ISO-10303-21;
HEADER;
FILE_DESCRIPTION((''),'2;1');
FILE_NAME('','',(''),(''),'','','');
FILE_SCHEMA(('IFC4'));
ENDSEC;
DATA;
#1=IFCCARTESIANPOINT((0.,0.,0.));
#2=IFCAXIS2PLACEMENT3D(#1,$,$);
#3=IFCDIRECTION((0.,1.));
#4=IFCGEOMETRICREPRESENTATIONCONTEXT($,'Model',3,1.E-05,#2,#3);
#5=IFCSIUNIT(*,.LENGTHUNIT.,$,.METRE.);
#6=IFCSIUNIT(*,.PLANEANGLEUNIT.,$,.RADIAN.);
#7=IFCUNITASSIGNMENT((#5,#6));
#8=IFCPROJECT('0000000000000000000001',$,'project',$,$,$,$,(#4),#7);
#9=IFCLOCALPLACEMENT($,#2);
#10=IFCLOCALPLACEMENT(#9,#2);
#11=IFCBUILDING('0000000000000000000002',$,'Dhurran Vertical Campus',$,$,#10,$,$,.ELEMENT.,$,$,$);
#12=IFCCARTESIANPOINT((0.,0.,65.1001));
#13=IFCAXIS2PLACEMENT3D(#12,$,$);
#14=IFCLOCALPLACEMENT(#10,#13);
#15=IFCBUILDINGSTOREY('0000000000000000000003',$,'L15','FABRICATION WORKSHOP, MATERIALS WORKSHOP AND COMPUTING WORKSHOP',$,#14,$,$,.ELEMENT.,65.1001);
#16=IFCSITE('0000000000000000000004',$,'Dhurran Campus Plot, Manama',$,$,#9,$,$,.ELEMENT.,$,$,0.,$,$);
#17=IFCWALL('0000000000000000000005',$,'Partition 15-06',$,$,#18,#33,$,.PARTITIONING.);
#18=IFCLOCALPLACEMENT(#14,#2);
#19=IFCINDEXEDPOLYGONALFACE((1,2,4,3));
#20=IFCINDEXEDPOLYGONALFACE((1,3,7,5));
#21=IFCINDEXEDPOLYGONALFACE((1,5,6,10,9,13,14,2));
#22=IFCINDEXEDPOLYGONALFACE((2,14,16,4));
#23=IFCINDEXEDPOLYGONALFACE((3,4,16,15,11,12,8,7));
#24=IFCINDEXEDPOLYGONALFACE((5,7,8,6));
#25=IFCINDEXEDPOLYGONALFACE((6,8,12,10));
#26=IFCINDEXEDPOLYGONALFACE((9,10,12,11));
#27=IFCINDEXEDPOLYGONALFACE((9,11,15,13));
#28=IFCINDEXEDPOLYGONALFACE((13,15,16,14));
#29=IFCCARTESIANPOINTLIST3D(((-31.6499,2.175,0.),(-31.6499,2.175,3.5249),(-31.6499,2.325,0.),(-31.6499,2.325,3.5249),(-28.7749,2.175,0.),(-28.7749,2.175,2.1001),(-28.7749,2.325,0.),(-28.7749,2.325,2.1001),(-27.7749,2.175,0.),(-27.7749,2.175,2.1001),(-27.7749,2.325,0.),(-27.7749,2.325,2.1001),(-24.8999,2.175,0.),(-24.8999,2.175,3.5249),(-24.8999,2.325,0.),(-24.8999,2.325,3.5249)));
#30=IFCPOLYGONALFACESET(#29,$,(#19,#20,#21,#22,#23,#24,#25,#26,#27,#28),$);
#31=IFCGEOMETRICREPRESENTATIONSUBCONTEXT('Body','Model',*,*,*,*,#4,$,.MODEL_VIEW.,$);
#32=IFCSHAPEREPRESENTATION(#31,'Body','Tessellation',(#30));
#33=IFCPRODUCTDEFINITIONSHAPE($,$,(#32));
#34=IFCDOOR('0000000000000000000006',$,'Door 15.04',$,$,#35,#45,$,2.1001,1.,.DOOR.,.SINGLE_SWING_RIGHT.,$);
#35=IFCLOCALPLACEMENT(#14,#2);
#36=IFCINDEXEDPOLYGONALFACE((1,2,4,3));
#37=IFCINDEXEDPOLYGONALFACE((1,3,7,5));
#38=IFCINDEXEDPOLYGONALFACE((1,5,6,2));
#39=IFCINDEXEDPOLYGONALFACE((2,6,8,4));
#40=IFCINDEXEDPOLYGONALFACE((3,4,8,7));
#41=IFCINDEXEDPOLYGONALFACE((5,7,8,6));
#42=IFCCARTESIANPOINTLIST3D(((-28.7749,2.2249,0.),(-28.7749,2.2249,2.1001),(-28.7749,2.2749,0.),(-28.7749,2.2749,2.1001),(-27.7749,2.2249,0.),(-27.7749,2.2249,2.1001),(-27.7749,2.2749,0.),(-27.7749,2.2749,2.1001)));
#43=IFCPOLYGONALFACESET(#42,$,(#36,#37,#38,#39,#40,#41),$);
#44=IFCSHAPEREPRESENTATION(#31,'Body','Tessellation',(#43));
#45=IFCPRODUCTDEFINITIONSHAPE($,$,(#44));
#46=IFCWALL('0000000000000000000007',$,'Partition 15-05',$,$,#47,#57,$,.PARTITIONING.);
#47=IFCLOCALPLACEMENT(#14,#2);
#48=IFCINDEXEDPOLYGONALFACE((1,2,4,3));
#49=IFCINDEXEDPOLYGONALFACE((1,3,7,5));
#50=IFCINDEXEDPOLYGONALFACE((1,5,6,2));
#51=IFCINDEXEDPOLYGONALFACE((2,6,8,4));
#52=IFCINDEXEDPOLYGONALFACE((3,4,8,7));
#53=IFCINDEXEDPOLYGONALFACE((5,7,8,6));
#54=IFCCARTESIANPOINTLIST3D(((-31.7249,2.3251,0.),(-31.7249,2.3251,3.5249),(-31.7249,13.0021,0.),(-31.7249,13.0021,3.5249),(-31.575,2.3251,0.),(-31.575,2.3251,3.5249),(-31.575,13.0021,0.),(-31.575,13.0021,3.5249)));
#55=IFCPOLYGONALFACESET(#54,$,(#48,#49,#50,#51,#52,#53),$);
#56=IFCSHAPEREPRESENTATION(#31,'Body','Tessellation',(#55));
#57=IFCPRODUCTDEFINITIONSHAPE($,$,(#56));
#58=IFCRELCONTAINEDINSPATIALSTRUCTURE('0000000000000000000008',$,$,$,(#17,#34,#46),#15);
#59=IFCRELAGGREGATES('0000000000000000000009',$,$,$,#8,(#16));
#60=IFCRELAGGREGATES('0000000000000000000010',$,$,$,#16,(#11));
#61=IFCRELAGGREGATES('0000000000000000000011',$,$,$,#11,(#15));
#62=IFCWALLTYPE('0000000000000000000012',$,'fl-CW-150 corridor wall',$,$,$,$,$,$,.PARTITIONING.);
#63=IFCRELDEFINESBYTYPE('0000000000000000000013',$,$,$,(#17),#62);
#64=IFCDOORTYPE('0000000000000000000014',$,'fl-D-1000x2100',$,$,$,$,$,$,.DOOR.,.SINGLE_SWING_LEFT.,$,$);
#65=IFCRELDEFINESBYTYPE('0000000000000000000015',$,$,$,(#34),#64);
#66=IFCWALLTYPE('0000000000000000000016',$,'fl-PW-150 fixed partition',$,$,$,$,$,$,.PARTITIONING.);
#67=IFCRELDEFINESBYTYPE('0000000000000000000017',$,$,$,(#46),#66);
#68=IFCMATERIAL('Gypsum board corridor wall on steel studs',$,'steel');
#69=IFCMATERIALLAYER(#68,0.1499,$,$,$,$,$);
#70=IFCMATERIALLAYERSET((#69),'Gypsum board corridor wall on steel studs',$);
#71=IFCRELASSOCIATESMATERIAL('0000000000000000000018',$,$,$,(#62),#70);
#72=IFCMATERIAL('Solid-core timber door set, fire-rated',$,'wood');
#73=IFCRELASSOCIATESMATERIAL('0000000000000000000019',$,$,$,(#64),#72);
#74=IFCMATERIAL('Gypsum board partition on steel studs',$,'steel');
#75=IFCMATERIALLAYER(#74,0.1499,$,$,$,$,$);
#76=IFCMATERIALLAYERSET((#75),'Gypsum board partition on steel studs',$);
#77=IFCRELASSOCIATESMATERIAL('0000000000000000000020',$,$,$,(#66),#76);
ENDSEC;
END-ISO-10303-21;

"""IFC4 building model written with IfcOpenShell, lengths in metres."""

from ifc_helpers import new_model, si_unit, direction, frame, frame_2d, origin, place, context, subcontext, project, spatial, rectangle, extrude, material, layer, layer_set, type_object, element, fill, save


model = new_model("IFC4")

# Units and contexts
model_context = context("Model", 3, precision=1e-05, world=origin(), true_north=direction((0.0, 1.0)))
body_context = subcontext(model_context, "Body", "Model", "MODEL_VIEW")
ifc_project = project(units=[si_unit("LENGTHUNIT", "METRE"), si_unit("PLANEANGLEUNIT", "RADIAN")], contexts=[model_context])

# Site, building, storey
site_placement = place(None, origin())
site = spatial("IfcSite", under=ifc_project, at=site_placement, Name="Dhurran Campus Plot, Manama", CompositionType="ELEMENT", RefElevation=0.0)
building_placement = place(site_placement, origin())
building = spatial("IfcBuilding", under=site, at=building_placement, Name="Dhurran Vertical Campus", CompositionType="ELEMENT")
storey_placement = place(building_placement, frame((0.0, 0.0, 65.1001)))
storey = spatial("IfcBuildingStorey", under=building, at=storey_placement, Name="L15", Description="FABRICATION WORKSHOP, MATERIALS WORKSHOP AND COMPUTING WORKSHOP", CompositionType="ELEMENT", Elevation=65.1001)

# Wall, opening, door
ifc_material_1 = material(Name="Gypsum board corridor wall on steel studs", Category="steel")
ifc_layer_1 = layer(ifc_material_1, 0.1499)
ifc_layer_set_1 = layer_set([ifc_layer_1], Name="Gypsum board corridor wall on steel studs")
wall_type_1 = type_object("IfcWallType", Name="fl-CW-150 corridor wall", PredefinedType="PARTITIONING", material=ifc_layer_set_1)
ifc_material_2 = material(Name="Solid-core timber door set, fire-rated", Category="wood")
door_type = type_object("IfcDoorType", Name="fl-D-1000x2100", OperationType="SINGLE_SWING_LEFT", PredefinedType="DOOR", material=ifc_material_2)
wall_1_placement = place(storey_placement, frame((-31.6499, 2.25, 0.0), z_axis=(0.0, 0.0, 1.0), x_axis=(1.0, 0.0, 0.0)))
wall_1 = element("IfcWall", 1, at=wall_1_placement, inside=storey, type_object=wall_type_1, Name="Partition 15-06", PredefinedType="PARTITIONING", context=body_context, shape_type="SweptSolid", body=[
    extrude(rectangle(XDim=6.75, YDim=0.1499, at=frame_2d((3.375, 0.0))), origin(), (0.0, 0.0, 1.0), 3.5249),
])
opening_1_placement = place(wall_1_placement, frame((2.875, 0.0, 0.0)))
opening_1 = element("IfcOpeningElement", 2, at=opening_1_placement, cuts=wall_1, PredefinedType="OPENING", context=body_context, shape_type="SweptSolid", body=[
    extrude(rectangle(XDim=1.0, YDim=2.1001, at=frame_2d((0.5, 1.05))), frame((0.0, 0.085, 0.0), z_axis=(0.0, -1.0, 0.0), x_axis=(1.0, 0.0, 0.0)), (0.0, 0.0, 1.0), 0.1699),
])
door_1_placement = place(opening_1_placement, origin())
door_1 = element("IfcDoor", 3, at=door_1_placement, inside=storey, type_object=door_type, Name="Door 15.04", OperationType="SINGLE_SWING_RIGHT", OverallHeight=2.1001, OverallWidth=1.0, PredefinedType="DOOR", context=body_context, shape_type="SweptSolid", body=[
    extrude(rectangle(XDim=1.0, YDim=2.1001, at=frame_2d((0.5, 1.05))), frame((0.0, 0.0249, 0.0), z_axis=(0.0, -1.0, 0.0), x_axis=(1.0, 0.0, 0.0)), (0.0, 0.0, 1.0), 0.05),
])
fill(opening_1, door_1)

# Wall
ifc_material_3 = material(Name="Gypsum board partition on steel studs", Category="steel")
ifc_layer_2 = layer(ifc_material_3, 0.1499)
ifc_layer_set_2 = layer_set([ifc_layer_2], Name="Gypsum board partition on steel studs")
wall_type_2 = type_object("IfcWallType", Name="fl-PW-150 fixed partition", PredefinedType="PARTITIONING", material=ifc_layer_set_2)
wall_2_placement = place(storey_placement, frame((-31.6499, 13.002, 0.0), z_axis=(0.0, 0.0, 1.0), x_axis=(0.0, -1.0, 0.0)))
element("IfcWall", 4, at=wall_2_placement, inside=storey, type_object=wall_type_2, Name="Partition 15-05", PredefinedType="PARTITIONING", context=body_context, shape_type="SweptSolid", body=[
    extrude(rectangle(XDim=10.677, YDim=0.1499, at=frame_2d((5.3384, 0.0))), origin(), (0.0, 0.0, 1.0), 3.5249),
])

save(model, "model.ifc")
